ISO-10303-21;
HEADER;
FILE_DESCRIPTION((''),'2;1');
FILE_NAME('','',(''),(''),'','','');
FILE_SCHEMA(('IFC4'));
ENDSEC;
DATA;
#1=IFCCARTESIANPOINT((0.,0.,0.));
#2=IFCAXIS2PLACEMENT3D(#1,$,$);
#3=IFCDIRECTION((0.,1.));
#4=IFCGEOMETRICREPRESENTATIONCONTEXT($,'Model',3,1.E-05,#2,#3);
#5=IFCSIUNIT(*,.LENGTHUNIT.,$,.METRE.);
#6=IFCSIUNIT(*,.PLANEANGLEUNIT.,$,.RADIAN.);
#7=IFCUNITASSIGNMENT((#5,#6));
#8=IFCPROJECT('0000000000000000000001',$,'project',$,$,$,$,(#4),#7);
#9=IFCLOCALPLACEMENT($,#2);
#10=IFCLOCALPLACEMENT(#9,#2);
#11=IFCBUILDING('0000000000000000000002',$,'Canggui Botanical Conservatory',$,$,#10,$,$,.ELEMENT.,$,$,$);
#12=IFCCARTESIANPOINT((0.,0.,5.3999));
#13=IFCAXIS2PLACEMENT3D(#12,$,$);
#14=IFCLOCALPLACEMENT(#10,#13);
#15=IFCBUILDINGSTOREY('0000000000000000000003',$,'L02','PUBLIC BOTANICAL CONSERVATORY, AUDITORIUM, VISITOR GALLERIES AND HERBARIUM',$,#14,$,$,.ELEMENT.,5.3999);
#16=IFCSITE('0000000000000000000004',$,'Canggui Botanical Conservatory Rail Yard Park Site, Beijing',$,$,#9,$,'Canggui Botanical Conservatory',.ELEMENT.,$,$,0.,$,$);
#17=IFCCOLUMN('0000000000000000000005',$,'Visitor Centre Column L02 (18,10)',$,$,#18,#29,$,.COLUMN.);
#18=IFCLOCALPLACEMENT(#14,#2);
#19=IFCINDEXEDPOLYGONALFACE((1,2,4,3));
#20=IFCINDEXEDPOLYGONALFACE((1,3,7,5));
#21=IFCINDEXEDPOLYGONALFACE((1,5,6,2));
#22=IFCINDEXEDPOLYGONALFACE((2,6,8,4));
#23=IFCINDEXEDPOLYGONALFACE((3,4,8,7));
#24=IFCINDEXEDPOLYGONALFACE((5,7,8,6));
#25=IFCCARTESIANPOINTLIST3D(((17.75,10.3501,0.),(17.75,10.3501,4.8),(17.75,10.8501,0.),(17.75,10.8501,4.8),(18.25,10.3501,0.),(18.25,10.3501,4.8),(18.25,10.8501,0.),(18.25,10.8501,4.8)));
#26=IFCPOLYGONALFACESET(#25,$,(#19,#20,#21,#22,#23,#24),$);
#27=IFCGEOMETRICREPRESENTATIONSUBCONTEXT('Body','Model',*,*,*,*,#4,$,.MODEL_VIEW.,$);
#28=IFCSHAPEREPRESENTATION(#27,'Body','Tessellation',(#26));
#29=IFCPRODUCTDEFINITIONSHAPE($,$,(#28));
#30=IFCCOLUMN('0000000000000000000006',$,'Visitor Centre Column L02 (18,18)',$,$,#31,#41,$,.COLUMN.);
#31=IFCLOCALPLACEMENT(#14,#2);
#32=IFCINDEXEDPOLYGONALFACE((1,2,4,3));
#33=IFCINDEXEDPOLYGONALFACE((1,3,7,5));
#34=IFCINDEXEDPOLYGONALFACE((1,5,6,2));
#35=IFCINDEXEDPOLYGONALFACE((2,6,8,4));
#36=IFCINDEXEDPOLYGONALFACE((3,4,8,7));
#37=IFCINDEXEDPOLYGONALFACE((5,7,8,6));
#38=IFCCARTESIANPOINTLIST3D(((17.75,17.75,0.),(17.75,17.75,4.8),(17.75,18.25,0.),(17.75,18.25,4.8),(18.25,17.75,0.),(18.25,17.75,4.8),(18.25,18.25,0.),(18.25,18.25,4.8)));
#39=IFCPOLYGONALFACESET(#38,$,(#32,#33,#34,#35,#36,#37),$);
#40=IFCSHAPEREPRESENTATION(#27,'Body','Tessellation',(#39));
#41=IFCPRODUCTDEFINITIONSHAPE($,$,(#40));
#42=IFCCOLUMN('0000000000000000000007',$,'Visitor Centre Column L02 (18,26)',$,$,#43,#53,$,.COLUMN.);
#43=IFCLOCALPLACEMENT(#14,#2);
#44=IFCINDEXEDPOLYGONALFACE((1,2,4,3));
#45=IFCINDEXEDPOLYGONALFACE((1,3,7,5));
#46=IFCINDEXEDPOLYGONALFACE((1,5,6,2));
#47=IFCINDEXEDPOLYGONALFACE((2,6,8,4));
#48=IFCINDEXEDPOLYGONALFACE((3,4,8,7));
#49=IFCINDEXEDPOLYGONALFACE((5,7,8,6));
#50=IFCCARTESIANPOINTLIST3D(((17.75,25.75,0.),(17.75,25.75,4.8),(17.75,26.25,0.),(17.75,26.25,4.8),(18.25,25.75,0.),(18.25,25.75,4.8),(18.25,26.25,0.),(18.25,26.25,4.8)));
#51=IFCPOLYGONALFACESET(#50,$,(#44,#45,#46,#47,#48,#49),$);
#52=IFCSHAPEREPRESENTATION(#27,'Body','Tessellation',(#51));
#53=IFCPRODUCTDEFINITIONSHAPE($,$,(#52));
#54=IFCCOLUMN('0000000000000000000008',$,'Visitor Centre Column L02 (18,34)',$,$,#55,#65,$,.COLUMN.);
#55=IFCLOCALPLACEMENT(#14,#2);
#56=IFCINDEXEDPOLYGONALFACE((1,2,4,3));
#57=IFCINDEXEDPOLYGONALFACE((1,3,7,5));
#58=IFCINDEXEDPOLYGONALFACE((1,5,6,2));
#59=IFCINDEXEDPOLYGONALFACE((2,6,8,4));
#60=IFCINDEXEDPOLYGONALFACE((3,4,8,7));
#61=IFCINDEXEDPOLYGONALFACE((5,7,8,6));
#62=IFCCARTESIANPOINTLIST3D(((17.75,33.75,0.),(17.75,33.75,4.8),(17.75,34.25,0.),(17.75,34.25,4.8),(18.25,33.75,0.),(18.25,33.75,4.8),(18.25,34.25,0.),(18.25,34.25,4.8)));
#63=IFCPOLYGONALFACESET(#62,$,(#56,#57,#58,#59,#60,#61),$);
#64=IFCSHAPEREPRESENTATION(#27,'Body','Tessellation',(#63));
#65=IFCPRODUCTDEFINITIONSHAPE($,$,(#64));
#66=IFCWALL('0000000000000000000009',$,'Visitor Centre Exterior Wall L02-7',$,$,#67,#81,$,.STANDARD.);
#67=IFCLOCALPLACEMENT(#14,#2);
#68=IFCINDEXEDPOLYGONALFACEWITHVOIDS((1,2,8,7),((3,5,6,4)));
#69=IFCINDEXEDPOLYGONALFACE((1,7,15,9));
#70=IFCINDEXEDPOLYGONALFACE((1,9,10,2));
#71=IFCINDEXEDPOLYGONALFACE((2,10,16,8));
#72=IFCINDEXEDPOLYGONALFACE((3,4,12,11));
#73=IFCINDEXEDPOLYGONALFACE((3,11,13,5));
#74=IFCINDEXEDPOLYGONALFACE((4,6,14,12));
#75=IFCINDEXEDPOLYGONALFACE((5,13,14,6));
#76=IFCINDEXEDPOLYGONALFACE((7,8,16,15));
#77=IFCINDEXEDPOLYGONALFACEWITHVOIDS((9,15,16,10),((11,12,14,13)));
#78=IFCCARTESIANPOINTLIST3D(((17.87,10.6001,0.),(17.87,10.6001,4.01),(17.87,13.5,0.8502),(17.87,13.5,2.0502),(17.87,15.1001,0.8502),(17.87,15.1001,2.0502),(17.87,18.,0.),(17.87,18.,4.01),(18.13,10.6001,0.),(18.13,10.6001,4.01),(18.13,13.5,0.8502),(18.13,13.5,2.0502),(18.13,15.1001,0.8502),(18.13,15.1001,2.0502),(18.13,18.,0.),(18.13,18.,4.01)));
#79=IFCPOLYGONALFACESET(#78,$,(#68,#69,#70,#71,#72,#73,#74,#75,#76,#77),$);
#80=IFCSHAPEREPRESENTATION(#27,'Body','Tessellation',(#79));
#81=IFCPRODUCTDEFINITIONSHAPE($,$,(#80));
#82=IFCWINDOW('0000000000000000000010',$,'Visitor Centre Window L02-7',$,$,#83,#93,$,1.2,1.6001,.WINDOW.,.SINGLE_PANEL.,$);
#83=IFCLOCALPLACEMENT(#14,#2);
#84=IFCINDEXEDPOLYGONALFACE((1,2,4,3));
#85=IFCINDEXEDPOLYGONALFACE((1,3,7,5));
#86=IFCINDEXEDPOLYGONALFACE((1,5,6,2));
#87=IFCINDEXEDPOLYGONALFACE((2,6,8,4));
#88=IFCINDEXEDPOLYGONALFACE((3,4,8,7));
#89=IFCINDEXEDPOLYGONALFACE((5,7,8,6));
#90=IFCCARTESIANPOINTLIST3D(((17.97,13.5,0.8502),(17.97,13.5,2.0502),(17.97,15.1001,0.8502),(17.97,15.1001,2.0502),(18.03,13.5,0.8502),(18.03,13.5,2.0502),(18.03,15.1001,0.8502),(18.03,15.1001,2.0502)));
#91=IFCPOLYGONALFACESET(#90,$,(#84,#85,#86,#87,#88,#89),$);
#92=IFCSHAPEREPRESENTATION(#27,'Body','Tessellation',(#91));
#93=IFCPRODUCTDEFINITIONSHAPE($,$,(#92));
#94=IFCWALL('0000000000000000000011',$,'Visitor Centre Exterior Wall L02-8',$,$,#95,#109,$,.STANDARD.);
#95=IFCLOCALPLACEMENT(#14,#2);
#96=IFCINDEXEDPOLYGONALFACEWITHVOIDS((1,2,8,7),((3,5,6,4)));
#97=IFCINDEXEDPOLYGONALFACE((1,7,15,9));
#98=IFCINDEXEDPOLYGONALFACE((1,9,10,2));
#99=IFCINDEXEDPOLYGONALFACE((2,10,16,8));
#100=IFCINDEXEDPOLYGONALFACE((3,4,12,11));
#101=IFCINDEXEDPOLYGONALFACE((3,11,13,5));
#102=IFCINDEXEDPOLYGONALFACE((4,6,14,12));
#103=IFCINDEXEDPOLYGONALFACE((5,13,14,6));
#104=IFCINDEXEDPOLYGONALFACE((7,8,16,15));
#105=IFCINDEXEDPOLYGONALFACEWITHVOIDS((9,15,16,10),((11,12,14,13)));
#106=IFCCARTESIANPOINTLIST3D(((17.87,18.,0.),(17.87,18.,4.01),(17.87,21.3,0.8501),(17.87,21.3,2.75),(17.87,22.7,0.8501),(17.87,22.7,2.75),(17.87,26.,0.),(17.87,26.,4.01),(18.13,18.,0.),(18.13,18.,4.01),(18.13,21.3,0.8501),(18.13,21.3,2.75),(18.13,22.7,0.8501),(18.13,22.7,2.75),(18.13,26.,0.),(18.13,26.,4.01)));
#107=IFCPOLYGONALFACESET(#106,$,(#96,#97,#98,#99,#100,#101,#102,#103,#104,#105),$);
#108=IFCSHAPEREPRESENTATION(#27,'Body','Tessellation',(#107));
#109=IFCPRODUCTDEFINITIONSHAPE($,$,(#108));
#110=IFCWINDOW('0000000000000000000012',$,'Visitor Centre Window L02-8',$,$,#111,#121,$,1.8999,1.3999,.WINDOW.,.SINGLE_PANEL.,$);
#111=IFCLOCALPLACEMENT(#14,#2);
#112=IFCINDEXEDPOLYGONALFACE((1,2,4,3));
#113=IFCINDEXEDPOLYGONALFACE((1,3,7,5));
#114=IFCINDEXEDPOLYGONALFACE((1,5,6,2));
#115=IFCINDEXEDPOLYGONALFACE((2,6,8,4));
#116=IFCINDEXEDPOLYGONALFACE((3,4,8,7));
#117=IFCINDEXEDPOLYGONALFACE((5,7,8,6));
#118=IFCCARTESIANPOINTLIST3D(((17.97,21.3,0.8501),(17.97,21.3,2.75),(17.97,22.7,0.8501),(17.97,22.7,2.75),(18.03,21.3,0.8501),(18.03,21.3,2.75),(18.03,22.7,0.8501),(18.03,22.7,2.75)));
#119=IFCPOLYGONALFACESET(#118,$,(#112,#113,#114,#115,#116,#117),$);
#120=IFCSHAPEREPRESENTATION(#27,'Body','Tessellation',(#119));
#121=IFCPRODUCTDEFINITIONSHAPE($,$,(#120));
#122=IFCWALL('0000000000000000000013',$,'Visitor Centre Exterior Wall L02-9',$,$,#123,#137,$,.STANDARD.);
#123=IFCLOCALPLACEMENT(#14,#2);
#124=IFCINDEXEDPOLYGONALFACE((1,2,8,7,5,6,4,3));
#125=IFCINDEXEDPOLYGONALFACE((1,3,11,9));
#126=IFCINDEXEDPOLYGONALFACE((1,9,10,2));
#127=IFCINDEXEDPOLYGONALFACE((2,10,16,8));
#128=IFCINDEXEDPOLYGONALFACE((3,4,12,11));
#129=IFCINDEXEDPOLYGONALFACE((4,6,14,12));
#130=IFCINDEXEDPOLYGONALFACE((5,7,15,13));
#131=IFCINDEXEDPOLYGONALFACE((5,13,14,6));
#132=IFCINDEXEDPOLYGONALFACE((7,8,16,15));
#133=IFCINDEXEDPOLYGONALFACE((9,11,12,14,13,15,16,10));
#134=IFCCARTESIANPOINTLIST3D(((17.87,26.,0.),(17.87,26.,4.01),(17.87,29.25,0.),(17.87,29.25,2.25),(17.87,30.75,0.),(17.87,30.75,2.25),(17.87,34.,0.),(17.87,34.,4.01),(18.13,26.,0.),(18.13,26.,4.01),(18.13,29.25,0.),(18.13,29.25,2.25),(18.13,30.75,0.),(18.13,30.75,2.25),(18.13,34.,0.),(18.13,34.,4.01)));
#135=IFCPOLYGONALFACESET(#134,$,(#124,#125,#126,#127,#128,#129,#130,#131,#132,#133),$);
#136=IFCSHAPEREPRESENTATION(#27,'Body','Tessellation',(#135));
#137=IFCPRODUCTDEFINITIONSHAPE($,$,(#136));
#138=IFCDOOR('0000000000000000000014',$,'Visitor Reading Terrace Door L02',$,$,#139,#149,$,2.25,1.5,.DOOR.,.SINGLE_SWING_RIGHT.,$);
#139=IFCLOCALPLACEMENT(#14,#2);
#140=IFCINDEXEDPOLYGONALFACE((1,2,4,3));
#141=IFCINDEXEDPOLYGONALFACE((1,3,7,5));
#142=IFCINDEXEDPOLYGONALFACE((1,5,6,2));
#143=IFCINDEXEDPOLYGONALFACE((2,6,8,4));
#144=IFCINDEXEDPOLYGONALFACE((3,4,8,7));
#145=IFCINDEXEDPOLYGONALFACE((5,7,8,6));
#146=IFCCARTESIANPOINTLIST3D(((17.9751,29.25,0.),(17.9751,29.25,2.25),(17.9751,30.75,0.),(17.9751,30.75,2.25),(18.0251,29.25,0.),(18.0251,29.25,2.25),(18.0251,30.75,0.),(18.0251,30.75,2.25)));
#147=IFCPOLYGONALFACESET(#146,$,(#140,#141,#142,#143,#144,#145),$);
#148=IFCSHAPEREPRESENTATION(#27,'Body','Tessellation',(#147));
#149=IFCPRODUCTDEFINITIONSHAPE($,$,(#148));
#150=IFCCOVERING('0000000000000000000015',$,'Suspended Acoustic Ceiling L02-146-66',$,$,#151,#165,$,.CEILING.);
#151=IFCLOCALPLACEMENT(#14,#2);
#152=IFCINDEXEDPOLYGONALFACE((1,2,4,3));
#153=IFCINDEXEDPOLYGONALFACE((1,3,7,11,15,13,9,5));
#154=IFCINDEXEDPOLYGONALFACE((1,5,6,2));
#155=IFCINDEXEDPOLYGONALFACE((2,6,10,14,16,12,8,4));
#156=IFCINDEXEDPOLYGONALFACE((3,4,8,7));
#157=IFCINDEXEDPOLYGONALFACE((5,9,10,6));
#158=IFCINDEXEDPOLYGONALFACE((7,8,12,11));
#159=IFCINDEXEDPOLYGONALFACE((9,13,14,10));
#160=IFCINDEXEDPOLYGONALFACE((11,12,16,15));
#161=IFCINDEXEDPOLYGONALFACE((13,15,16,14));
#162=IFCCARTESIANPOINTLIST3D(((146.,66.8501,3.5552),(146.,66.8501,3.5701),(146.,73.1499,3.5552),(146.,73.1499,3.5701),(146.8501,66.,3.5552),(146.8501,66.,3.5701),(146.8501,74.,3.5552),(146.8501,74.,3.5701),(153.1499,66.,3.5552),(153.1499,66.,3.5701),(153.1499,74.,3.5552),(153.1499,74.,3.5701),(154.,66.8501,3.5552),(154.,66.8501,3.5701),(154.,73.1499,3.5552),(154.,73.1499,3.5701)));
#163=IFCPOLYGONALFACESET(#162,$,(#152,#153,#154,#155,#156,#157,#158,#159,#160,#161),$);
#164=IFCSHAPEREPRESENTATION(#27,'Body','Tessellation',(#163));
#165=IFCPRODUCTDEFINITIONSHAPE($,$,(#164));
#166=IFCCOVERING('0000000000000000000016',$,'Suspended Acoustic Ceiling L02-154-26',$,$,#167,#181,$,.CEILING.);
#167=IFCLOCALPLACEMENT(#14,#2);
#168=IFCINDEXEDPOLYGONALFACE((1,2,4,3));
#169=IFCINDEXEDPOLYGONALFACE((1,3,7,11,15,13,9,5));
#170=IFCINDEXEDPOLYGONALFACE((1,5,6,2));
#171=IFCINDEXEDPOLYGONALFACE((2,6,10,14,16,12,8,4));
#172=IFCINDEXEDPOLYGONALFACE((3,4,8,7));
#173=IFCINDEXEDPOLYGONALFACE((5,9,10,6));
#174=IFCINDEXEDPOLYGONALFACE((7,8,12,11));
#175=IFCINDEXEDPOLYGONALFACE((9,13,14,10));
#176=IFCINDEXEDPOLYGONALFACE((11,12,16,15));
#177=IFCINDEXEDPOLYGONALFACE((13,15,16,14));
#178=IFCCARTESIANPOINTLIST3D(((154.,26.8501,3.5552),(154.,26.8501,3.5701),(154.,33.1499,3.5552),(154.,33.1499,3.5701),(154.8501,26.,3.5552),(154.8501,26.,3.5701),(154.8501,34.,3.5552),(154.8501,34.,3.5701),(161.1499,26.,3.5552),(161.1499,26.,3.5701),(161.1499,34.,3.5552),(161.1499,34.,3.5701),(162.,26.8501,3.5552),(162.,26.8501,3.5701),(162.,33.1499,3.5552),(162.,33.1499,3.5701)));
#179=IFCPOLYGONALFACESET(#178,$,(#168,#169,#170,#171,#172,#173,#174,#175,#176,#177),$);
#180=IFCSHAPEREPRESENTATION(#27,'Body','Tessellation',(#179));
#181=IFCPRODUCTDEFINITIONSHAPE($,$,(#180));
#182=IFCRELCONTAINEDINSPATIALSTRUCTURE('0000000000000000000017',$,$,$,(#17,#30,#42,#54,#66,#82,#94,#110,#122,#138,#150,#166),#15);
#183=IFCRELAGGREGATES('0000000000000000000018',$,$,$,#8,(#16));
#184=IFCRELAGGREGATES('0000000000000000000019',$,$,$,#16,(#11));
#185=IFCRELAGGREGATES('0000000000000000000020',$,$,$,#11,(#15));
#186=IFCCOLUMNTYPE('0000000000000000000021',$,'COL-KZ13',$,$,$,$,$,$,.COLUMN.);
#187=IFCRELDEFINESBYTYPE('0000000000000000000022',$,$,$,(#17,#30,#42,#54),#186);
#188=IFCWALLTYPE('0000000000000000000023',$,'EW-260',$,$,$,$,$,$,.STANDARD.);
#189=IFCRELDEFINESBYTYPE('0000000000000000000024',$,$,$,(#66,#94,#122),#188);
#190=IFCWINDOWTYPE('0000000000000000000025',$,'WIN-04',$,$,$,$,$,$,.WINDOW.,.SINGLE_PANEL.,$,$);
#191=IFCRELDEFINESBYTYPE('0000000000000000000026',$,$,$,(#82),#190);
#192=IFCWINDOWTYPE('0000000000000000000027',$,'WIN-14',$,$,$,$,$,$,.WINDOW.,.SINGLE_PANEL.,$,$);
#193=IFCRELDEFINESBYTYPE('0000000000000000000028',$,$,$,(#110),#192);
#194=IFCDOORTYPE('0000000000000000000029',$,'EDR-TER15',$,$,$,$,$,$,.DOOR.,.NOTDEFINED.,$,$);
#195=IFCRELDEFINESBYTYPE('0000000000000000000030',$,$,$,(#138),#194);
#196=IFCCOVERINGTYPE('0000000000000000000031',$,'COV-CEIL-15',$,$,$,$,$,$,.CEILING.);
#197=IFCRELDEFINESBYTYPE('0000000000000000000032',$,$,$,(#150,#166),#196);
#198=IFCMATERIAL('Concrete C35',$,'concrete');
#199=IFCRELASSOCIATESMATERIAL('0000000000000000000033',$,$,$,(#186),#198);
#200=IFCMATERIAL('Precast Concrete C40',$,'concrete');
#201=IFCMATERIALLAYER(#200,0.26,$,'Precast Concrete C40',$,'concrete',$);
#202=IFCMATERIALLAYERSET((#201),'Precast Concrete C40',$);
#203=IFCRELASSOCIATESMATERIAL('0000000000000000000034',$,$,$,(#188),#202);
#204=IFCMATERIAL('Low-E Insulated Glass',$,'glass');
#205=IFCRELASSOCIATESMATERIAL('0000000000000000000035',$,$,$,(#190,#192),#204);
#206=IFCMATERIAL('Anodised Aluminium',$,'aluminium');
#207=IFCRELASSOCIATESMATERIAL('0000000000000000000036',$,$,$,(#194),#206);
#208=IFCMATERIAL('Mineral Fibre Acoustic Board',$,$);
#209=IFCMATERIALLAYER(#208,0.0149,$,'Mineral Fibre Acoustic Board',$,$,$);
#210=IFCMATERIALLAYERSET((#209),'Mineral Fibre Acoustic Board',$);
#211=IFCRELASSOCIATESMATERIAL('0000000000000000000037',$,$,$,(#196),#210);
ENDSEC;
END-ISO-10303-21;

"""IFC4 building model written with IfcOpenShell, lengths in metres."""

from ifc_helpers import new_model, si_unit, direction, frame, frame_2d, origin, origin_2d, place, context, subcontext, project, spatial, polyline, rectangle, outline, extrude, material, layer, layer_set, material_profile, profile_set, type_object, element, fill, save


model = new_model("IFC4")

# Units and contexts
model_context = context("Model", 3, precision=1e-05, world=origin(), true_north=direction((0.0, 1.0)))
body_context = subcontext(model_context, "Body", "Model", "MODEL_VIEW")
ifc_project = project(units=[si_unit("LENGTHUNIT", "METRE"), si_unit("PLANEANGLEUNIT", "RADIAN")], contexts=[model_context])

# Site, building, storey
site_placement = place(None, origin())
site = spatial("IfcSite", under=ifc_project, at=site_placement, Name="Canggui Botanical Conservatory Rail Yard Park Site, Beijing", LongName="Canggui Botanical Conservatory", CompositionType="ELEMENT", RefElevation=0.0)
building_placement = place(site_placement, origin())
building = spatial("IfcBuilding", under=site, at=building_placement, Name="Canggui Botanical Conservatory", CompositionType="ELEMENT")
storey_placement = place(building_placement, frame((0.0, 0.0, 5.3999)))
storey = spatial("IfcBuildingStorey", under=building, at=storey_placement, Name="L02", Description="PUBLIC BOTANICAL CONSERVATORY, AUDITORIUM, VISITOR GALLERIES AND HERBARIUM", CompositionType="ELEMENT", Elevation=5.3999)

# Columns
ifc_material_1 = material(Name="Concrete C35", Category="concrete")
ifc_material_profile = material_profile(ifc_material_1, rectangle(XDim=0.5, YDim=0.5, at=origin_2d()), Name="RC 500x500")
ifc_profile_set = profile_set([ifc_material_profile], Name="Concrete C35")
column_type = type_object("IfcColumnType", Name="COL-KZ13", PredefinedType="COLUMN", material=ifc_profile_set)
for number, where, z_axis, x_axis, name in (
    (1, (18.0, 10.6001, 0.0), (0.0, 0.0, 1.0), (1.0, 0.0, 0.0), "Visitor Centre Column L02 (18,10)"),
    (2, (18.0, 18.0, 0.0), (0.0, 0.0, 1.0), (1.0, 0.0, 0.0), "Visitor Centre Column L02 (18,18)"),
    (3, (18.0, 26.0, 0.0), (0.0, 0.0, 1.0), (1.0, 0.0, 0.0), "Visitor Centre Column L02 (18,26)"),
    (4, (18.0, 34.0, 0.0), (0.0, 0.0, 1.0), (1.0, 0.0, 0.0), "Visitor Centre Column L02 (18,34)"),
):
    element("IfcColumn", number, at=place(storey_placement, frame(where, z_axis=z_axis, x_axis=x_axis)), inside=storey, type_object=column_type, Name=name, PredefinedType="COLUMN", context=body_context, shape_type="SweptSolid", body=[
        extrude(rectangle(XDim=0.5, YDim=0.5, at=origin_2d()), origin(), (0.0, 0.0, 1.0), 4.8),
    ])

# Walls, openings, windows
ifc_material_2 = material(Name="Precast Concrete C40", Category="concrete")
ifc_layer_1 = layer(ifc_material_2, 0.26, Name="Precast Concrete C40", Category="concrete")
ifc_layer_set_1 = layer_set([ifc_layer_1], Name="Precast Concrete C40")
wall_type = type_object("IfcWallType", Name="EW-260", PredefinedType="STANDARD", material=ifc_layer_set_1)
wall_1_placement = place(storey_placement, frame((18.0, 10.6001, 0.0), z_axis=(0.0, 0.0, 1.0), x_axis=(0.0, 1.0, 0.0)))
wall_1 = element("IfcWall", 5, at=wall_1_placement, inside=storey, type_object=wall_type, Name="Visitor Centre Exterior Wall L02-7", PredefinedType="STANDARD", context=body_context, shape_type="SweptSolid", body=[
    extrude(rectangle(XDim=7.3999, YDim=0.26, at=frame_2d((3.7, 0.0))), origin(), (0.0, 0.0, 1.0), 4.01),
])
opening_1_placement = place(wall_1_placement, frame((2.8999, 0.0, 0.8501)))
opening_1 = element("IfcOpeningElement", 6, at=opening_1_placement, cuts=wall_1, PredefinedType="OPENING", context=body_context, shape_type="SweptSolid", body=[
    extrude(rectangle(XDim=1.6001, YDim=1.2, at=frame_2d((0.8, 0.6001))), frame((0.0, 0.1401, 0.0), z_axis=(0.0, -1.0, 0.0), x_axis=(1.0, 0.0, 0.0)), (0.0, 0.0, 1.0), 0.28),
])
ifc_material_3 = material(Name="Low-E Insulated Glass", Category="glass")
window_type_1 = type_object("IfcWindowType", Name="WIN-04", PartitioningType="SINGLE_PANEL", PredefinedType="WINDOW", material=ifc_material_3)
window_1_placement = place(opening_1_placement, origin())
window_1 = element("IfcWindow", 7, at=window_1_placement, inside=storey, type_object=window_type_1, Name="Visitor Centre Window L02-7", OverallHeight=1.2, OverallWidth=1.6001, PartitioningType="SINGLE_PANEL", PredefinedType="WINDOW", context=body_context, shape_type="SweptSolid", body=[
    extrude(rectangle(XDim=1.6001, YDim=1.2, at=frame_2d((0.8, 0.6001))), frame((0.0, 0.03, 0.0), z_axis=(0.0, -1.0, 0.0), x_axis=(1.0, 0.0, 0.0)), (0.0, 0.0, 1.0), 0.0601),
])
fill(opening_1, window_1)
wall_2_placement = place(storey_placement, frame((18.0, 18.0, 0.0), z_axis=(0.0, 0.0, 1.0), x_axis=(0.0, 1.0, 0.0)))
wall_2 = element("IfcWall", 8, at=wall_2_placement, inside=storey, type_object=wall_type, Name="Visitor Centre Exterior Wall L02-8", PredefinedType="STANDARD", context=body_context, shape_type="SweptSolid", body=[
    extrude(rectangle(XDim=8.0, YDim=0.26, at=frame_2d((4.0, 0.0))), origin(), (0.0, 0.0, 1.0), 4.01),
])
opening_2_placement = place(wall_2_placement, frame((3.3, 0.0, 0.8501)))
opening_2 = element("IfcOpeningElement", 9, at=opening_2_placement, cuts=wall_2, PredefinedType="OPENING", context=body_context, shape_type="SweptSolid", body=[
    extrude(rectangle(XDim=1.3999, YDim=1.8999, at=frame_2d((0.7, 0.95))), frame((0.0, 0.1401, 0.0), z_axis=(0.0, -1.0, 0.0), x_axis=(1.0, 0.0, 0.0)), (0.0, 0.0, 1.0), 0.28),
])
window_type_2 = type_object("IfcWindowType", Name="WIN-14", PartitioningType="SINGLE_PANEL", PredefinedType="WINDOW", material=ifc_material_3)
window_2_placement = place(opening_2_placement, origin())
window_2 = element("IfcWindow", 10, at=window_2_placement, inside=storey, type_object=window_type_2, Name="Visitor Centre Window L02-8", OverallHeight=1.8999, OverallWidth=1.3999, PartitioningType="SINGLE_PANEL", PredefinedType="WINDOW", context=body_context, shape_type="SweptSolid", body=[
    extrude(rectangle(XDim=1.3999, YDim=1.8999, at=frame_2d((0.7, 0.95))), frame((0.0, 0.03, 0.0), z_axis=(0.0, -1.0, 0.0), x_axis=(1.0, 0.0, 0.0)), (0.0, 0.0, 1.0), 0.0601),
])
fill(opening_2, window_2)

# Wall, opening, door
wall_3_placement = place(storey_placement, frame((18.0, 26.0, 0.0), z_axis=(0.0, 0.0, 1.0), x_axis=(0.0, 1.0, 0.0)))
wall_3 = element("IfcWall", 11, at=wall_3_placement, inside=storey, type_object=wall_type, Name="Visitor Centre Exterior Wall L02-9", PredefinedType="STANDARD", context=body_context, shape_type="SweptSolid", body=[
    extrude(rectangle(XDim=8.0, YDim=0.26, at=frame_2d((4.0, 0.0))), origin(), (0.0, 0.0, 1.0), 4.01),
])
opening_3_placement = place(wall_3_placement, frame((3.25, 0.0, 0.0)))
opening_3 = element("IfcOpeningElement", 12, at=opening_3_placement, cuts=wall_3, PredefinedType="OPENING", context=body_context, shape_type="SweptSolid", body=[
    extrude(rectangle(XDim=1.5, YDim=2.25, at=frame_2d((0.75, 1.125))), frame((0.0, 0.1401, 0.0), z_axis=(0.0, -1.0, 0.0), x_axis=(1.0, 0.0, 0.0)), (0.0, 0.0, 1.0), 0.28),
])
ifc_material_4 = material(Name="Anodised Aluminium", Category="aluminium")
door_type = type_object("IfcDoorType", Name="EDR-TER15", OperationType="NOTDEFINED", PredefinedType="DOOR", material=ifc_material_4)
door_placement = place(opening_3_placement, origin())
door = element("IfcDoor", 13, at=door_placement, inside=storey, type_object=door_type, Name="Visitor Reading Terrace Door L02", OperationType="SINGLE_SWING_RIGHT", OverallHeight=2.25, OverallWidth=1.5, PredefinedType="DOOR", context=body_context, shape_type="SweptSolid", body=[
    extrude(rectangle(XDim=1.5, YDim=2.25, at=frame_2d((0.75, 1.125))), frame((0.0, 0.0249, 0.0), z_axis=(0.0, -1.0, 0.0), x_axis=(1.0, 0.0, 0.0)), (0.0, 0.0, 1.0), 0.05),
])
fill(opening_3, door)

# Coverings
ifc_material_5 = material(Name="Mineral Fibre Acoustic Board")
ifc_layer_2 = layer(ifc_material_5, 0.0149, Name="Mineral Fibre Acoustic Board")
ifc_layer_set_2 = layer_set([ifc_layer_2], Name="Mineral Fibre Acoustic Board")
covering_type_1 = type_object("IfcCoveringType", Name="COV-CEIL-15", PredefinedType="CEILING", material=ifc_layer_set_2)
covering_1_placement = place(storey_placement, frame((0.0, 0.0, 3.5552)))
element("IfcCovering", 14, at=covering_1_placement, inside=storey, type_object=covering_type_1, Name="Suspended Acoustic Ceiling L02-146-66", PredefinedType="CEILING", context=body_context, shape_type="SweptSolid", body=[
    extrude(outline(polyline([(146.8501, 66.0), (153.1499, 66.0), (154.0, 66.8501), (154.0, 73.1499), (153.1499, 74.0), (146.8501, 74.0), (146.0, 73.1499), (146.0, 66.8501), (146.8501, 66.0)])), origin(), (0.0, 0.0, 1.0), 0.0149),
])
covering_2_placement = place(storey_placement, frame((0.0, 0.0, 3.5552)))
element("IfcCovering", 15, at=covering_2_placement, inside=storey, type_object=covering_type_1, Name="Suspended Acoustic Ceiling L02-154-26", PredefinedType="CEILING", context=body_context, shape_type="SweptSolid", body=[
    extrude(outline(polyline([(154.8501, 26.0), (161.1499, 26.0), (162.0, 26.8501), (162.0, 33.1499), (161.1499, 34.0), (154.8501, 34.0), (154.0, 33.1499), (154.0, 26.8501), (154.8501, 26.0)])), origin(), (0.0, 0.0, 1.0), 0.0149),
])

save(model, "model.ifc")
